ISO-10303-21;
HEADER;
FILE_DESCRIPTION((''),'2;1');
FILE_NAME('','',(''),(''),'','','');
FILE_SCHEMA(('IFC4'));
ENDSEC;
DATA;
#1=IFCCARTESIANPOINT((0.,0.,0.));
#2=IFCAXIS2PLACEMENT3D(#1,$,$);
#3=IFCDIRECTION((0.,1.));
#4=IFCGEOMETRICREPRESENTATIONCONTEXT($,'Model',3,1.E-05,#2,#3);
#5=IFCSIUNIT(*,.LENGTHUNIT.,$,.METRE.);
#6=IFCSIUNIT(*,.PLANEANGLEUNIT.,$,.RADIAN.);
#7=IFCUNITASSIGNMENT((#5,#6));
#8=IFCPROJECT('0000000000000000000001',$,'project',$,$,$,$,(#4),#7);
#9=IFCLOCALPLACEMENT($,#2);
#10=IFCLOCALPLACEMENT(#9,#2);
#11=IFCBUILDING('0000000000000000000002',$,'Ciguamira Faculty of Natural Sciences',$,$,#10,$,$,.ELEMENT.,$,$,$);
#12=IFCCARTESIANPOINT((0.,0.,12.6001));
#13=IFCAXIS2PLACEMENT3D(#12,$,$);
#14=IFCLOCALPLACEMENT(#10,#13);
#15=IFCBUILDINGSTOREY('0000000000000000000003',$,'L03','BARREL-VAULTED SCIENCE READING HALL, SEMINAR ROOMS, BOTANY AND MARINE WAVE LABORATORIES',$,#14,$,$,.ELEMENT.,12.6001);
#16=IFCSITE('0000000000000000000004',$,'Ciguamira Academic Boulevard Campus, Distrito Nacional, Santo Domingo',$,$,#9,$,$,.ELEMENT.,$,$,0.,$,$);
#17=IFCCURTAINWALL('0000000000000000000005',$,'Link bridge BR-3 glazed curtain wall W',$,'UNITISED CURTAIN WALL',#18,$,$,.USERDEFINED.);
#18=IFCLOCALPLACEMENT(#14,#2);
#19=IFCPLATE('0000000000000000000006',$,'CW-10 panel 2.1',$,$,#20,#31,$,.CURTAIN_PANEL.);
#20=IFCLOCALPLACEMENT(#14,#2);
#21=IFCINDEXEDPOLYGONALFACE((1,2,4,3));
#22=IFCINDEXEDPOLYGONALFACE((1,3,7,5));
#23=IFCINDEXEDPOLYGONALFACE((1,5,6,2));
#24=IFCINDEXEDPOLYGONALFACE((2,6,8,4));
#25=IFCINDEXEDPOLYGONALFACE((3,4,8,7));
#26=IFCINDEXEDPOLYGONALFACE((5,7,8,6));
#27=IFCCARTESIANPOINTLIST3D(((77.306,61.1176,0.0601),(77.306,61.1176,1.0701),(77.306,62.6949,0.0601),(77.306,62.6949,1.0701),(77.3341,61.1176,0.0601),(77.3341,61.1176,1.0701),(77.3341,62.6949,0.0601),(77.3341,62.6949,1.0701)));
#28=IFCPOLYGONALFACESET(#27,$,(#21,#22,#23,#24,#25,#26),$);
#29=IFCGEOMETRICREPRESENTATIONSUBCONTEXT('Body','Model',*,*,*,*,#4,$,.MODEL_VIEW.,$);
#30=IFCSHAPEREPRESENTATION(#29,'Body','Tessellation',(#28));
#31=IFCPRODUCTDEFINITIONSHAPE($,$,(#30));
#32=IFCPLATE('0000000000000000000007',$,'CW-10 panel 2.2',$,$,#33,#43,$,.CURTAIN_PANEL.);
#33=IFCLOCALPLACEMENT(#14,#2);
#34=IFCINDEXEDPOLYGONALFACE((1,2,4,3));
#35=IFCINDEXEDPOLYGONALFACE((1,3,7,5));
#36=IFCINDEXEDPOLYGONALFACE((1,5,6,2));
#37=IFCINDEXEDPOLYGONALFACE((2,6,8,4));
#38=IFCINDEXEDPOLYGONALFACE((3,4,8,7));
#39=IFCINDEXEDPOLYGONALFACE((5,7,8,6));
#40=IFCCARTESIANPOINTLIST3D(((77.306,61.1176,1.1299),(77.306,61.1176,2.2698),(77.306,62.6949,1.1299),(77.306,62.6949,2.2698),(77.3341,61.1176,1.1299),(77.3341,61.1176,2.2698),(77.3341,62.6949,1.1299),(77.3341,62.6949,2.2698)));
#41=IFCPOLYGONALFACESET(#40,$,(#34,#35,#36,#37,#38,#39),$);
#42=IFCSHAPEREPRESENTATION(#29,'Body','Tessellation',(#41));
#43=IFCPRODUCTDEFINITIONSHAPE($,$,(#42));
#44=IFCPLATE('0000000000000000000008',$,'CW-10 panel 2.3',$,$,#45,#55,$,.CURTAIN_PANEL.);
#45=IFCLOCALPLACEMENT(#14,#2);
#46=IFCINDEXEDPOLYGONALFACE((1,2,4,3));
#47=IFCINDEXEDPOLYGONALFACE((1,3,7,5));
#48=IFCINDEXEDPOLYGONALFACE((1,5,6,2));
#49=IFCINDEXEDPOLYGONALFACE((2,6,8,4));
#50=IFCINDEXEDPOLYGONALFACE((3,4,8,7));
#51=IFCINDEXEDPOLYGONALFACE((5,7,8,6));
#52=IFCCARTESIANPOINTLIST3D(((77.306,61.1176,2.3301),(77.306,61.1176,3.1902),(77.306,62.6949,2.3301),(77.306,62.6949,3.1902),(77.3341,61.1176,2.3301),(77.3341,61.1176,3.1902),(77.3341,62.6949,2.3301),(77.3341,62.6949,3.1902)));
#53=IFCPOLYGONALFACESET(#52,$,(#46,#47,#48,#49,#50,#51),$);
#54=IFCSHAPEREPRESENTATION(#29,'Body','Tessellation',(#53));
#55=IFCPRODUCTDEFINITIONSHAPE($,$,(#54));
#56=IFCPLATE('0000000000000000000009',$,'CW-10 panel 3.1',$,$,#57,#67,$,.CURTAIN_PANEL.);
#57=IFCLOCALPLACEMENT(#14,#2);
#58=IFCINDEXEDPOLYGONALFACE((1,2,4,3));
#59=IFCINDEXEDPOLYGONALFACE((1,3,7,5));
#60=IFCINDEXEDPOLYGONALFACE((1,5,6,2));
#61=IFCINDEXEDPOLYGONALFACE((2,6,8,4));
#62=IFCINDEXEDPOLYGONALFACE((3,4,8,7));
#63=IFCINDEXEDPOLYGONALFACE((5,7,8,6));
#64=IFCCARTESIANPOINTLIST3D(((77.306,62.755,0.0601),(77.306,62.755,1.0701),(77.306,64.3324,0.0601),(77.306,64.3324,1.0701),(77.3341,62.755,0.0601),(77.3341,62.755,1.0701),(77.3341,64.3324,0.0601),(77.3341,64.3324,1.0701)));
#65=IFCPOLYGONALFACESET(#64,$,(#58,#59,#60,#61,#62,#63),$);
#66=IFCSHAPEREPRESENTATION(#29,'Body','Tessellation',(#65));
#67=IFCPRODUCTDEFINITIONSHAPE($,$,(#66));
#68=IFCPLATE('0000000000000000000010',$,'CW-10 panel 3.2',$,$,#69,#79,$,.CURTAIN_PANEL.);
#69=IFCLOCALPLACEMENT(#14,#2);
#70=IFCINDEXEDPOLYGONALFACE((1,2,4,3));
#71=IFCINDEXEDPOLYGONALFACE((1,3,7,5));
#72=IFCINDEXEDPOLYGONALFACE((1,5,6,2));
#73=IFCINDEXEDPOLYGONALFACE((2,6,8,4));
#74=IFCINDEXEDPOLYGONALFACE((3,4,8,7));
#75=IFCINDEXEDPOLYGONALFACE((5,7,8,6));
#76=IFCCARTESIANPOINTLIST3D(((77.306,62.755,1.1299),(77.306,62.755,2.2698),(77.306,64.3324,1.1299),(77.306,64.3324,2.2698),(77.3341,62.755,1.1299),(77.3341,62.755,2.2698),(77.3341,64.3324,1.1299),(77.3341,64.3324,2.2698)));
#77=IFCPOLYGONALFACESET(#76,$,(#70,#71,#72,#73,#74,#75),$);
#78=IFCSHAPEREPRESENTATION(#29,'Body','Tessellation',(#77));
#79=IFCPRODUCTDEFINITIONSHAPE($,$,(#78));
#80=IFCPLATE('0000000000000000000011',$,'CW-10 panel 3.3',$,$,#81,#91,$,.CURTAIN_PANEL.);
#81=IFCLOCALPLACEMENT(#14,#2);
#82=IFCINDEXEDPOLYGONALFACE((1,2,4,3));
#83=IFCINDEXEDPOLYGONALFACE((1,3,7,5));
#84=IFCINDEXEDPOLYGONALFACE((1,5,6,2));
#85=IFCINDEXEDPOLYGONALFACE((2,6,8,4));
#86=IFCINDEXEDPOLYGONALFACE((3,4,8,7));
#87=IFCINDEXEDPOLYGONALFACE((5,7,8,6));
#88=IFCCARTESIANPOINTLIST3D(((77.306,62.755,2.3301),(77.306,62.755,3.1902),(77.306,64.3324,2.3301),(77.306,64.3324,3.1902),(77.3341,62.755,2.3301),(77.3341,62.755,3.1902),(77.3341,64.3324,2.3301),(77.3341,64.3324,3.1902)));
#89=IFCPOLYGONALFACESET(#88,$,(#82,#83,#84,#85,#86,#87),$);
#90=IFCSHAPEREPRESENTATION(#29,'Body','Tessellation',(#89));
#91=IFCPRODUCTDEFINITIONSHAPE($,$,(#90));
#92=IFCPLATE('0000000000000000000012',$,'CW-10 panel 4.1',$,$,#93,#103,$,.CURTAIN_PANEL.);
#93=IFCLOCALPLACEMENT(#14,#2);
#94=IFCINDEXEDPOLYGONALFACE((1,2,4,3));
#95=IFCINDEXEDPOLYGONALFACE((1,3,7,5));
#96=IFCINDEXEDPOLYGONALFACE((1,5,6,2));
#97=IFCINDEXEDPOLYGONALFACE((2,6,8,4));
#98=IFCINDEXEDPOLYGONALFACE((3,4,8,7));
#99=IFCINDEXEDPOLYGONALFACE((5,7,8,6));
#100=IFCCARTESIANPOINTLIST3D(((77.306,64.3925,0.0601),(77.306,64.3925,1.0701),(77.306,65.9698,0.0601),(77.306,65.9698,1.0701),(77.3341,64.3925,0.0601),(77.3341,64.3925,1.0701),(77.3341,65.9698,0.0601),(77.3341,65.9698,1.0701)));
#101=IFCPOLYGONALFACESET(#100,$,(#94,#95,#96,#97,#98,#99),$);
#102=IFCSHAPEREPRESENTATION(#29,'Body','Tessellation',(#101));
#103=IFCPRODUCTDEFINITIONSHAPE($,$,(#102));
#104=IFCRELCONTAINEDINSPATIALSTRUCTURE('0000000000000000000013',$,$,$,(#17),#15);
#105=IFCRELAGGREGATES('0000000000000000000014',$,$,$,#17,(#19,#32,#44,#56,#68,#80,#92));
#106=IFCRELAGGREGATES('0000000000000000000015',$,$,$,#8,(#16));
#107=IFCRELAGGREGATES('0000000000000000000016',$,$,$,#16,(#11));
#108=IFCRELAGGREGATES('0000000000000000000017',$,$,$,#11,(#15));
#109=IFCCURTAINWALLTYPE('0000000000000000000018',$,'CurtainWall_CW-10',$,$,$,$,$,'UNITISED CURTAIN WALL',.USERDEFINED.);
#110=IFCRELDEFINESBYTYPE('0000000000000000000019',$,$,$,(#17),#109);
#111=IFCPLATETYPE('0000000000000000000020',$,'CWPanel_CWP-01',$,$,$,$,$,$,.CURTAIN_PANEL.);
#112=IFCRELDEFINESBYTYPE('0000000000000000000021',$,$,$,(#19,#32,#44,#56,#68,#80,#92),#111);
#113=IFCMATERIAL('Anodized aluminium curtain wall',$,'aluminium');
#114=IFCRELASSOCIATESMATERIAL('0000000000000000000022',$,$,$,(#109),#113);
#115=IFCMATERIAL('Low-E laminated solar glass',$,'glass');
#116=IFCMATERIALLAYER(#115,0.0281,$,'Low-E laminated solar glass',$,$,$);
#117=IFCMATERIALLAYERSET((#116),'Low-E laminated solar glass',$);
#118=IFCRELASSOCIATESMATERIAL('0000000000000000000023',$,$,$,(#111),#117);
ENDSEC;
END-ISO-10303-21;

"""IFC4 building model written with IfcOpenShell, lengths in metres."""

from ifc_helpers import new_model, si_unit, direction, frame, origin, origin_2d, place, context, subcontext, project, spatial, rectangle, extrude, material, layer, layer_set, type_object, element, aggregate, save


model = new_model("IFC4")

# Units and contexts
model_context = context("Model", 3, precision=1e-05, world=origin(), true_north=direction((0.0, 1.0)))
body_context = subcontext(model_context, "Body", "Model", "MODEL_VIEW")
ifc_project = project(units=[si_unit("LENGTHUNIT", "METRE"), si_unit("PLANEANGLEUNIT", "RADIAN")], contexts=[model_context])

# Site, building, storey
site_placement = place(None, origin())
site = spatial("IfcSite", under=ifc_project, at=site_placement, Name="Ciguamira Academic Boulevard Campus, Distrito Nacional, Santo Domingo", CompositionType="ELEMENT", RefElevation=0.0)
building_placement = place(site_placement, origin())
building = spatial("IfcBuilding", under=site, at=building_placement, Name="Ciguamira Faculty of Natural Sciences", CompositionType="ELEMENT")
storey_placement = place(building_placement, frame((0.0, 0.0, 12.6001)))
storey = spatial("IfcBuildingStorey", under=building, at=storey_placement, Name="L03", Description="BARREL-VAULTED SCIENCE READING HALL, SEMINAR ROOMS, BOTANY AND MARINE WAVE LABORATORIES", CompositionType="ELEMENT", Elevation=12.6001)

# Curtain wall, plates
ifc_material_1 = material(Name="Anodized aluminium curtain wall", Category="aluminium")
curtain_wall_type = type_object("IfcCurtainWallType", Name="CurtainWall_CW-10", ElementType="UNITISED CURTAIN WALL", PredefinedType="USERDEFINED", material=ifc_material_1)
curtain_wall_placement = place(storey_placement, origin())
curtain_wall = element("IfcCurtainWall", 1, at=curtain_wall_placement, inside=storey, type_object=curtain_wall_type, Name="Link bridge BR-3 glazed curtain wall W", ObjectType="UNITISED CURTAIN WALL", PredefinedType="USERDEFINED")
ifc_material_2 = material(Name="Low-E laminated solar glass", Category="glass")
ifc_layer = layer(ifc_material_2, 0.0281, Name="Low-E laminated solar glass")
ifc_layer_set = layer_set([ifc_layer], Name="Low-E laminated solar glass")
plate_type = type_object("IfcPlateType", Name="CWPanel_CWP-01", PredefinedType="CURTAIN_PANEL", material=ifc_layer_set)
plate_1_placement = place(storey_placement, frame((77.3201, 61.9062, 0.0601), z_axis=(0.0, 0.0, 1.0), x_axis=(0.0, 1.0, 0.0)))
plate_1 = element("IfcPlate", 2, at=plate_1_placement, type_object=plate_type, Name="CW-10 panel 2.1", PredefinedType="CURTAIN_PANEL", context=body_context, shape_type="SweptSolid", body=[
    extrude(rectangle(XDim=1.5774, YDim=0.0281, at=origin_2d()), origin(), (0.0, 0.0, 1.0), 1.01),
])
plate_2_placement = place(storey_placement, frame((77.3201, 61.9062, 1.1299), z_axis=(0.0, 0.0, 1.0), x_axis=(0.0, 1.0, 0.0)))
plate_2 = element("IfcPlate", 3, at=plate_2_placement, type_object=plate_type, Name="CW-10 panel 2.2", PredefinedType="CURTAIN_PANEL", context=body_context, shape_type="SweptSolid", body=[
    extrude(rectangle(XDim=1.5774, YDim=0.0281, at=origin_2d()), origin(), (0.0, 0.0, 1.0), 1.1399),
])
plate_3_placement = place(storey_placement, frame((77.3201, 61.9062, 2.3301), z_axis=(0.0, 0.0, 1.0), x_axis=(0.0, 1.0, 0.0)))
plate_3 = element("IfcPlate", 4, at=plate_3_placement, type_object=plate_type, Name="CW-10 panel 2.3", PredefinedType="CURTAIN_PANEL", context=body_context, shape_type="SweptSolid", body=[
    extrude(rectangle(XDim=1.5774, YDim=0.0281, at=origin_2d()), origin(), (0.0, 0.0, 1.0), 0.8601),
])
plate_4_placement = place(storey_placement, frame((77.3201, 63.5437, 0.0601), z_axis=(0.0, 0.0, 1.0), x_axis=(0.0, 1.0, 0.0)))
plate_4 = element("IfcPlate", 5, at=plate_4_placement, type_object=plate_type, Name="CW-10 panel 3.1", PredefinedType="CURTAIN_PANEL", context=body_context, shape_type="SweptSolid", body=[
    extrude(rectangle(XDim=1.5774, YDim=0.0281, at=origin_2d()), origin(), (0.0, 0.0, 1.0), 1.01),
])
plate_5_placement = place(storey_placement, frame((77.3201, 63.5437, 1.1299), z_axis=(0.0, 0.0, 1.0), x_axis=(0.0, 1.0, 0.0)))
plate_5 = element("IfcPlate", 6, at=plate_5_placement, type_object=plate_type, Name="CW-10 panel 3.2", PredefinedType="CURTAIN_PANEL", context=body_context, shape_type="SweptSolid", body=[
    extrude(rectangle(XDim=1.5774, YDim=0.0281, at=origin_2d()), origin(), (0.0, 0.0, 1.0), 1.1399),
])
plate_6_placement = place(storey_placement, frame((77.3201, 63.5437, 2.3301), z_axis=(0.0, 0.0, 1.0), x_axis=(0.0, 1.0, 0.0)))
plate_6 = element("IfcPlate", 7, at=plate_6_placement, type_object=plate_type, Name="CW-10 panel 3.3", PredefinedType="CURTAIN_PANEL", context=body_context, shape_type="SweptSolid", body=[
    extrude(rectangle(XDim=1.5774, YDim=0.0281, at=origin_2d()), origin(), (0.0, 0.0, 1.0), 0.8601),
])
plate_7_placement = place(storey_placement, frame((77.3201, 65.1812, 0.0601), z_axis=(0.0, 0.0, 1.0), x_axis=(0.0, 1.0, 0.0)))
plate_7 = element("IfcPlate", 8, at=plate_7_placement, type_object=plate_type, Name="CW-10 panel 4.1", PredefinedType="CURTAIN_PANEL", context=body_context, shape_type="SweptSolid", body=[
    extrude(rectangle(XDim=1.5774, YDim=0.0281, at=origin_2d()), origin(), (0.0, 0.0, 1.0), 1.01),
])
aggregate(curtain_wall, [plate_1, plate_2, plate_3, plate_4, plate_5, plate_6, plate_7])

save(model, "model.ifc")
